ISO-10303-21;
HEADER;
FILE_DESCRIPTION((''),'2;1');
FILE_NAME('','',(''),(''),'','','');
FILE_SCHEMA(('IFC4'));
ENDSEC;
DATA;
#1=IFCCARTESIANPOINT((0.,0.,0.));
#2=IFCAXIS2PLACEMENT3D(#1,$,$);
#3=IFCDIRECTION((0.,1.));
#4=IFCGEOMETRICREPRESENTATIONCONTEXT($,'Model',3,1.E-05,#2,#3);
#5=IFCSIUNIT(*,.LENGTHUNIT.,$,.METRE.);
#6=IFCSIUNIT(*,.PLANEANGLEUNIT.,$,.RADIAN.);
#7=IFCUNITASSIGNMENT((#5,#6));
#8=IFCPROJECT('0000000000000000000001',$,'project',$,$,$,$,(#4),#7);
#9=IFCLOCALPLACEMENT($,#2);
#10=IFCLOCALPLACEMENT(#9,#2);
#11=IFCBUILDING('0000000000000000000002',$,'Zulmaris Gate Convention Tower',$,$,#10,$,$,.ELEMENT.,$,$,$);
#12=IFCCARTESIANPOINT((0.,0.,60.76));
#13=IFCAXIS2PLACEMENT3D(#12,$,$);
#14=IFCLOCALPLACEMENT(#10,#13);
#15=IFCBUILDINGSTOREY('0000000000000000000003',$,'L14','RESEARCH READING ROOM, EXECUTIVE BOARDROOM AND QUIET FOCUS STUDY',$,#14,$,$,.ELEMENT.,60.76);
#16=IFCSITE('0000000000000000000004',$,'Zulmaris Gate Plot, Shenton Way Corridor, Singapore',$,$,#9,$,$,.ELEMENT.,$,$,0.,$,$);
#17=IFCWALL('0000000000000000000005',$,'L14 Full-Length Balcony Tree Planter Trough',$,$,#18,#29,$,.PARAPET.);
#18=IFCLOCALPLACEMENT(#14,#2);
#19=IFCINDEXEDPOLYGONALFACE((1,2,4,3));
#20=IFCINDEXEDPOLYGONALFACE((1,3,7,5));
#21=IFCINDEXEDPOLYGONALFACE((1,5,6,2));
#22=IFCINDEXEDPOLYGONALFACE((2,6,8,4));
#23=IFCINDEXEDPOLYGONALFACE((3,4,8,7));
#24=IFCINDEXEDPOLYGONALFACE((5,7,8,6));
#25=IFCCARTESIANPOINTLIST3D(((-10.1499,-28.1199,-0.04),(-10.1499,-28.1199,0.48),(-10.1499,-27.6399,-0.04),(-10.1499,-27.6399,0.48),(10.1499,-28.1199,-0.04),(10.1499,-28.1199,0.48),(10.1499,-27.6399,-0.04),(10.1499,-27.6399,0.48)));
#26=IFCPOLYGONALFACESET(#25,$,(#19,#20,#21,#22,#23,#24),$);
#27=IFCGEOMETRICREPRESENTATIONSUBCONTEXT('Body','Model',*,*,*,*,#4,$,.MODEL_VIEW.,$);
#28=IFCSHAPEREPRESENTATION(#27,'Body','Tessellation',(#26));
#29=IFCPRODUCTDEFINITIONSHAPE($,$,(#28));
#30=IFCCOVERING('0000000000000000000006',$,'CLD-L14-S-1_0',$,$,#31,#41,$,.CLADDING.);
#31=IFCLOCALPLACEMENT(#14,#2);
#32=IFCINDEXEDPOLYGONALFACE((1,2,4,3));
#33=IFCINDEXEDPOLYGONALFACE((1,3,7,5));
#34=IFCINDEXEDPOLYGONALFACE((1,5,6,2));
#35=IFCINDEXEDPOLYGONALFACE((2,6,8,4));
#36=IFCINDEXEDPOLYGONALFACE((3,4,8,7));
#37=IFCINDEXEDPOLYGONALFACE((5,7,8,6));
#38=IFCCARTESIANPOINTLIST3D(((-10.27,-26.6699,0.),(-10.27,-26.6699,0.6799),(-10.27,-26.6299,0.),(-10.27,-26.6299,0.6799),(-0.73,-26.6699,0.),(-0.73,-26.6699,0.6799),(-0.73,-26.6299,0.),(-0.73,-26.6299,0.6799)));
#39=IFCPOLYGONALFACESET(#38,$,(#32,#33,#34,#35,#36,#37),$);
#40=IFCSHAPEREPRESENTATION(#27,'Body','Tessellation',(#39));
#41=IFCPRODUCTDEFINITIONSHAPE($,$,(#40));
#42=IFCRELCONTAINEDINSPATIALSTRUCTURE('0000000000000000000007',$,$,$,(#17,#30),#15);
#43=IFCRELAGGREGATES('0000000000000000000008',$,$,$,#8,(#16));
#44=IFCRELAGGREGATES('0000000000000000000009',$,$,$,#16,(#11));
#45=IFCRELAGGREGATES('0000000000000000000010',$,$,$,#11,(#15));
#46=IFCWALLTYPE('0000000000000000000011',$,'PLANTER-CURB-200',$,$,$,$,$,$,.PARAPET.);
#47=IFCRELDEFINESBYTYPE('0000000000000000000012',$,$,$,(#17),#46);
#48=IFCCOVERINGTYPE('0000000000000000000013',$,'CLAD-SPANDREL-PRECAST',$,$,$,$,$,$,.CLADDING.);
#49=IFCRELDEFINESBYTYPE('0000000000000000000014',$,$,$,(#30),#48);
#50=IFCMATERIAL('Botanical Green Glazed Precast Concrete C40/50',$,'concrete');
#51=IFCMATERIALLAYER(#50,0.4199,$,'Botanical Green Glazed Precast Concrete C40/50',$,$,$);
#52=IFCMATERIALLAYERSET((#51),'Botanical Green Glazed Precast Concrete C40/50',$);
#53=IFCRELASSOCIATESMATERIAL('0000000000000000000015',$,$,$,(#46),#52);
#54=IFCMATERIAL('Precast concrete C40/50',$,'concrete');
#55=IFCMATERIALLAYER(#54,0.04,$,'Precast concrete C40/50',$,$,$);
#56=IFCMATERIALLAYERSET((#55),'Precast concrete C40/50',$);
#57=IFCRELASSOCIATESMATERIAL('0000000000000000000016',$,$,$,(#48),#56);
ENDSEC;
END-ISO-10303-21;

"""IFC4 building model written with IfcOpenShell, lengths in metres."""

from ifc_helpers import new_model, si_unit, direction, frame, frame_2d, origin, place, context, subcontext, project, spatial, rectangle, extrude, material, layer, layer_set, type_object, element, save


model = new_model("IFC4")

# Units and contexts
model_context = context("Model", 3, precision=1e-05, world=origin(), true_north=direction((0.0, 1.0)))
body_context = subcontext(model_context, "Body", "Model", "MODEL_VIEW")
ifc_project = project(units=[si_unit("LENGTHUNIT", "METRE"), si_unit("PLANEANGLEUNIT", "RADIAN")], contexts=[model_context])

# Site, building, storey
site_placement = place(None, origin())
site = spatial("IfcSite", under=ifc_project, at=site_placement, Name="Zulmaris Gate Plot, Shenton Way Corridor, Singapore", CompositionType="ELEMENT", RefElevation=0.0)
building_placement = place(site_placement, origin())
building = spatial("IfcBuilding", under=site, at=building_placement, Name="Zulmaris Gate Convention Tower", CompositionType="ELEMENT")
storey_placement = place(building_placement, frame((0.0, 0.0, 60.76)))
storey = spatial("IfcBuildingStorey", under=building, at=storey_placement, Name="L14", Description="RESEARCH READING ROOM, EXECUTIVE BOARDROOM AND QUIET FOCUS STUDY", CompositionType="ELEMENT", Elevation=60.76)

# Wall
ifc_material_1 = material(Name="Botanical Green Glazed Precast Concrete C40/50", Category="concrete")
ifc_layer_1 = layer(ifc_material_1, 0.4199, Name="Botanical Green Glazed Precast Concrete C40/50")
ifc_layer_set_1 = layer_set([ifc_layer_1], Name="Botanical Green Glazed Precast Concrete C40/50")
wall_type_1 = type_object("IfcWallType", Name="PLANTER-CURB-200", PredefinedType="PARAPET", material=ifc_layer_set_1)
wall_1_placement = place(storey_placement, frame((-10.1499, -27.8799, -0.04), z_axis=(0.0, 0.0, 1.0), x_axis=(1.0, 0.0, 0.0)))
element("IfcWall", 1, at=wall_1_placement, inside=storey, type_object=wall_type_1, Name="L14 Full-Length Balcony Tree Planter Trough", PredefinedType="PARAPET", context=body_context, shape_type="SweptSolid", body=[
    extrude(rectangle(XDim=20.2998, YDim=0.48, at=frame_2d((10.1499, 0.0))), origin(), (0.0, 0.0, 1.0), 0.52),
])

# Shared definitions
ifc_material_2 = material(Name="Precast concrete C40/50", Category="concrete")

# Covering
ifc_layer_2 = layer(ifc_material_2, 0.04, Name="Precast concrete C40/50")
ifc_layer_set_2 = layer_set([ifc_layer_2], Name="Precast concrete C40/50")
covering_type = type_object("IfcCoveringType", Name="CLAD-SPANDREL-PRECAST", PredefinedType="CLADDING", material=ifc_layer_set_2)
covering_placement = place(storey_placement, frame((-10.27, -26.6499, 0.0), z_axis=(0.0, 0.0, 1.0), x_axis=(1.0, 0.0, 0.0)))
element("IfcCovering", 2, at=covering_placement, inside=storey, type_object=covering_type, Name="CLD-L14-S-1_0", PredefinedType="CLADDING", context=body_context, shape_type="SweptSolid", body=[
    extrude(rectangle(XDim=9.54, YDim=0.04, at=frame_2d((4.77, 0.0))), origin(), (0.0, 0.0, 1.0), 0.6799),
])

save(model, "model.ifc")
